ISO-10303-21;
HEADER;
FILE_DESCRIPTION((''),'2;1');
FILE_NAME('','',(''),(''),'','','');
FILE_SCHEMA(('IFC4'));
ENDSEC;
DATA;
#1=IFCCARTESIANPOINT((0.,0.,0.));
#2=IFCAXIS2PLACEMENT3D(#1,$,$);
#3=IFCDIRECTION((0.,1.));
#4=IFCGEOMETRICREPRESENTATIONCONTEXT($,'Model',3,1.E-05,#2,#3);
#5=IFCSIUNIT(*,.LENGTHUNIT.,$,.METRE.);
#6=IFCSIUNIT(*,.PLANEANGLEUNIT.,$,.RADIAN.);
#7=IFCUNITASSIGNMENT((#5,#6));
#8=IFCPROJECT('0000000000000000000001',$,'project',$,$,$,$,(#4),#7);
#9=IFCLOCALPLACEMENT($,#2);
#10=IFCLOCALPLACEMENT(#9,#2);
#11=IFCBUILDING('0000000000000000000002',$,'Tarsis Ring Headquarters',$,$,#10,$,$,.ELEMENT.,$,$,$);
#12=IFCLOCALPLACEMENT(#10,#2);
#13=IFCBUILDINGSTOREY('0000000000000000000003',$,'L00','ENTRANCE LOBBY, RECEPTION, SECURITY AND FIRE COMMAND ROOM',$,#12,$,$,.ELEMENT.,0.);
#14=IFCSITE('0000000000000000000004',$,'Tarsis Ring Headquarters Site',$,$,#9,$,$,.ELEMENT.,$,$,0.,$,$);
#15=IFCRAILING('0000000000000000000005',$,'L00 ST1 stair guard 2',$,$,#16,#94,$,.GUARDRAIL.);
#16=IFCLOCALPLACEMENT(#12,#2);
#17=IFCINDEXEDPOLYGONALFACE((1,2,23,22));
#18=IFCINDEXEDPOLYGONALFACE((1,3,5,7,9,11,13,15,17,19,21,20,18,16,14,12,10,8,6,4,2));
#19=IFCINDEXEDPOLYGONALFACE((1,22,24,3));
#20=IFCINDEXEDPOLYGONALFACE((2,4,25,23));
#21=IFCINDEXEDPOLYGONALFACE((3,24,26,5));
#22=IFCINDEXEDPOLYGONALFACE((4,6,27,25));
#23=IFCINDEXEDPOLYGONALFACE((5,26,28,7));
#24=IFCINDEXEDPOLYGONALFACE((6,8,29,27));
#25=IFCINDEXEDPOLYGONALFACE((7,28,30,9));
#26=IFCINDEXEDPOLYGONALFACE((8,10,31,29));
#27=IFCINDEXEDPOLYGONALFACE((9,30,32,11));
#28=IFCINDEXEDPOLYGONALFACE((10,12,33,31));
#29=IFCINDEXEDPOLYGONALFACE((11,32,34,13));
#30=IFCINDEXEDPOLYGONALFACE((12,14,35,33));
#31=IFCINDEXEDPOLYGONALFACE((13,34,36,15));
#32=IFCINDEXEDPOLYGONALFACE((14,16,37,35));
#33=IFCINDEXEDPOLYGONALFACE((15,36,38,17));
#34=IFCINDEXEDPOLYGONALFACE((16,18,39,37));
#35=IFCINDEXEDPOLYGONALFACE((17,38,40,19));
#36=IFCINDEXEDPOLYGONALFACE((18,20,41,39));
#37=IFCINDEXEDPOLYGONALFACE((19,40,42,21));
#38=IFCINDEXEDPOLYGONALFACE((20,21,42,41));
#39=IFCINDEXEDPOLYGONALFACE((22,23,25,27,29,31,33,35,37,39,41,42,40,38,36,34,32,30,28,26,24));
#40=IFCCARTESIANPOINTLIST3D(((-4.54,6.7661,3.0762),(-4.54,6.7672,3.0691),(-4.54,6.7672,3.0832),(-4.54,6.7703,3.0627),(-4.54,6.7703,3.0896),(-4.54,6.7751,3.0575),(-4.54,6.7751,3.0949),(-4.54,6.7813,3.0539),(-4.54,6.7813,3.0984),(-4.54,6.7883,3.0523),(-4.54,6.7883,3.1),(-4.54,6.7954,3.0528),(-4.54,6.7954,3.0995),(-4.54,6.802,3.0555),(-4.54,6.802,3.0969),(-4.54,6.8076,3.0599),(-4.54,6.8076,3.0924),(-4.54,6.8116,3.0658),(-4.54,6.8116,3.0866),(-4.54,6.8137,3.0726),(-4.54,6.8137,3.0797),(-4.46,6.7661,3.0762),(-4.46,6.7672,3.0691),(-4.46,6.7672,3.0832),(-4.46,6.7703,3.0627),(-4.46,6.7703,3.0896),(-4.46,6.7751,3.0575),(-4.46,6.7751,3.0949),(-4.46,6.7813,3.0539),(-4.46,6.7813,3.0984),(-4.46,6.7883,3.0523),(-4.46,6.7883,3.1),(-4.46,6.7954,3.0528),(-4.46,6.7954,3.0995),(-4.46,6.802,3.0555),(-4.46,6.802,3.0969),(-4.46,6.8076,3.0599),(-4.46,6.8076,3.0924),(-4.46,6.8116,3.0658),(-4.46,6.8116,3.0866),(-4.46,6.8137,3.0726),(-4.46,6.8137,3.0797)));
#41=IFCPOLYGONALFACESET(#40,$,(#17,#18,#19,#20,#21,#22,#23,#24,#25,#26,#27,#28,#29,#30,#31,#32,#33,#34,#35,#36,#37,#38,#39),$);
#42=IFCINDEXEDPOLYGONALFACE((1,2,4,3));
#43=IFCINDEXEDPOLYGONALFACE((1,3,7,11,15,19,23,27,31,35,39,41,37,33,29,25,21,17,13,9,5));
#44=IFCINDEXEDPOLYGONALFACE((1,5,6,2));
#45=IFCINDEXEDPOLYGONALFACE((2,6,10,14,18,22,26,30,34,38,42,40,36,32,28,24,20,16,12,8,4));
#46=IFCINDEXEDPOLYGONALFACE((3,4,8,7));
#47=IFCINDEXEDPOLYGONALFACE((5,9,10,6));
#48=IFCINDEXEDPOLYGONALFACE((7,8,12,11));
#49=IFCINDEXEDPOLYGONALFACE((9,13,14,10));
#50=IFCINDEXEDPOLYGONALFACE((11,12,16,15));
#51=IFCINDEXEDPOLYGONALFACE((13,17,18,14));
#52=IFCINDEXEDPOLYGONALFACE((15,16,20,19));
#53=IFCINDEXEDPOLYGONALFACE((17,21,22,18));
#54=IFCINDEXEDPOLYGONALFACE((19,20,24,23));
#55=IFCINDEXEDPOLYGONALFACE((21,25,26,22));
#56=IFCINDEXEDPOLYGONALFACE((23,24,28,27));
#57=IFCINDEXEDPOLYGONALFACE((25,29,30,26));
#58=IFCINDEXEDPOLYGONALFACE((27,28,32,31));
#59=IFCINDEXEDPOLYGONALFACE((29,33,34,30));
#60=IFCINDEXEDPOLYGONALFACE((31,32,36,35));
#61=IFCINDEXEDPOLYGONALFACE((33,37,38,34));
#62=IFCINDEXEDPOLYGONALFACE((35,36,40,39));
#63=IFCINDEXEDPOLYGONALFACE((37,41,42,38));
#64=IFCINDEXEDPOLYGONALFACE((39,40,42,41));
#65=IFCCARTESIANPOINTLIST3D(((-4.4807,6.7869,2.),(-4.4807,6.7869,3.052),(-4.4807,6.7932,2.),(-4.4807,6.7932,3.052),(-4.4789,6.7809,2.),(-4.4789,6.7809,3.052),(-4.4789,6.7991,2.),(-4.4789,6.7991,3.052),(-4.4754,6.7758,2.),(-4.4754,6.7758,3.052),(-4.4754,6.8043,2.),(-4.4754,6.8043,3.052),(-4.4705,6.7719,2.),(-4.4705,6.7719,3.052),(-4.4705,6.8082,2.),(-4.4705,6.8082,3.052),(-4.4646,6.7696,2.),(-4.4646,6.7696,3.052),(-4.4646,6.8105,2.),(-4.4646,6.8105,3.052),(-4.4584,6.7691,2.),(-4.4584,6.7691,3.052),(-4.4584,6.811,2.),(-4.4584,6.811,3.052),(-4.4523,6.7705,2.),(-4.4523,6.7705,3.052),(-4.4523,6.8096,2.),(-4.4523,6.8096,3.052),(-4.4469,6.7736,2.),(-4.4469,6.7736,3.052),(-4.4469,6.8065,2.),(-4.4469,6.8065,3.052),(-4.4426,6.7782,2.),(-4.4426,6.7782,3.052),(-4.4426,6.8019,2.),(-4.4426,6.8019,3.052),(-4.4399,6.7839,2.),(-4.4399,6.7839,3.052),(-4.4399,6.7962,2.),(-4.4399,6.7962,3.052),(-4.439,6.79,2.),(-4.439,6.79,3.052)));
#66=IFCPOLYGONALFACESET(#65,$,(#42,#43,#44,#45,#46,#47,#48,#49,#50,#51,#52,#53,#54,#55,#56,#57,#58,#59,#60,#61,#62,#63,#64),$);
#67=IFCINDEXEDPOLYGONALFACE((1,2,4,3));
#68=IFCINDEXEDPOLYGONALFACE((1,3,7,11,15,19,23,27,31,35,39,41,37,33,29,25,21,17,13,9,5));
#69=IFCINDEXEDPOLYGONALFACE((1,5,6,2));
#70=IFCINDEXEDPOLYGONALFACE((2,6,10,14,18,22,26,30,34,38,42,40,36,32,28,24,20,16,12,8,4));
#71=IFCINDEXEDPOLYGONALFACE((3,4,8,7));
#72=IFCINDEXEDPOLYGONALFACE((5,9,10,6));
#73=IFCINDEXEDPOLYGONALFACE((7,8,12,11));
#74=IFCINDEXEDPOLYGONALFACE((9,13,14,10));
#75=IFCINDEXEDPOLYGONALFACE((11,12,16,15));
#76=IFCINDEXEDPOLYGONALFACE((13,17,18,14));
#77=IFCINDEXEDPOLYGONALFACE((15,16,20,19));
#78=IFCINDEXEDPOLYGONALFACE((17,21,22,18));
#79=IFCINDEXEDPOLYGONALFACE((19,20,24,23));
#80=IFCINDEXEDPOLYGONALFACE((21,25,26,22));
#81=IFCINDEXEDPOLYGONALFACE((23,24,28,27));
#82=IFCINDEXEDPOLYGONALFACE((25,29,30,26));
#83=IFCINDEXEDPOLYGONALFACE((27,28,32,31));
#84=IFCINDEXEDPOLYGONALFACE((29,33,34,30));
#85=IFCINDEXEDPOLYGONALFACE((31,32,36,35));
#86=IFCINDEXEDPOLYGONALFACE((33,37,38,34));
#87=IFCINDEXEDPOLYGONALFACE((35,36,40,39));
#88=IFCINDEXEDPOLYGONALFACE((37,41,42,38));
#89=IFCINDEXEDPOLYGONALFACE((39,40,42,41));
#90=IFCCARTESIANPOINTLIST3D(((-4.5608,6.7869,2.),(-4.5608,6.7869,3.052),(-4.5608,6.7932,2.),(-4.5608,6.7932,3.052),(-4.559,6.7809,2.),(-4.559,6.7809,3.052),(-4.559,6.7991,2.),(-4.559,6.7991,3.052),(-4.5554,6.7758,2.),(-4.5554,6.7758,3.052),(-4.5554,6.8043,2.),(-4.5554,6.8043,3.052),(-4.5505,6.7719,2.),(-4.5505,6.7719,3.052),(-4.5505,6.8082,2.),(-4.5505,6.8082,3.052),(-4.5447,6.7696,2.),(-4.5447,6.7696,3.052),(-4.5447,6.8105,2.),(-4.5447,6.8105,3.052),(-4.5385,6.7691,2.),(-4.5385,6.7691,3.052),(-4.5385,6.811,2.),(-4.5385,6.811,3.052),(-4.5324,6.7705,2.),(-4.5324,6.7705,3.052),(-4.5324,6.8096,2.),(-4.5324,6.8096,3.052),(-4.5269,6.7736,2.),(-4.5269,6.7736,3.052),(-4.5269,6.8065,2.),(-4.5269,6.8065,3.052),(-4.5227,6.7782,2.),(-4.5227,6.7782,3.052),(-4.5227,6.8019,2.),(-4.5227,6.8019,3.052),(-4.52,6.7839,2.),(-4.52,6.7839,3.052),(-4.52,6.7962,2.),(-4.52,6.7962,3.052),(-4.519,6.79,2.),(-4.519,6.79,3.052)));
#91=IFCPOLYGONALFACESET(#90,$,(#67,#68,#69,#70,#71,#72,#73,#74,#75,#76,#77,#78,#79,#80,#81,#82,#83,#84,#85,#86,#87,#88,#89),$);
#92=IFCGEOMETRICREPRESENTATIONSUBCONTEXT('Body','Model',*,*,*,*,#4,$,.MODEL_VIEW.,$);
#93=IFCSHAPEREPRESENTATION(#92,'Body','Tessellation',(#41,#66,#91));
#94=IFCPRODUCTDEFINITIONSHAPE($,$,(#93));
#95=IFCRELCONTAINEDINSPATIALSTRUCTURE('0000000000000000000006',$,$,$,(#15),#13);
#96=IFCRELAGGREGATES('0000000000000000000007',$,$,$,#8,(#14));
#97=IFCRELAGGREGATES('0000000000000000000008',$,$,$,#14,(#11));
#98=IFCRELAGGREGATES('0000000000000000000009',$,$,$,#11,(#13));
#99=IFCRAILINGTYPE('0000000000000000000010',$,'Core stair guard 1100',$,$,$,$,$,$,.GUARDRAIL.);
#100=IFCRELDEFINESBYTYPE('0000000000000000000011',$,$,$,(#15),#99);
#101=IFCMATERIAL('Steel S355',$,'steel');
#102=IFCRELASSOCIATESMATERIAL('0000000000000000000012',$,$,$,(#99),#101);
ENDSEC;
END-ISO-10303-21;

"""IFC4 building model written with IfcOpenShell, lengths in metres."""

from ifc_helpers import new_model, si_unit, direction, frame, origin, origin_2d, place, context, subcontext, project, spatial, circle, extrude, material, type_object, element, save


model = new_model("IFC4")

# Units and contexts
model_context = context("Model", 3, precision=1e-05, world=origin(), true_north=direction((0.0, 1.0)))
body_context = subcontext(model_context, "Body", "Model", "MODEL_VIEW")
ifc_project = project(units=[si_unit("LENGTHUNIT", "METRE"), si_unit("PLANEANGLEUNIT", "RADIAN")], contexts=[model_context])

# Site, building, storey
site_placement = place(None, origin())
site = spatial("IfcSite", under=ifc_project, at=site_placement, Name="Tarsis Ring Headquarters Site", CompositionType="ELEMENT", RefElevation=0.0)
building_placement = place(site_placement, origin())
building = spatial("IfcBuilding", under=site, at=building_placement, Name="Tarsis Ring Headquarters", CompositionType="ELEMENT")
storey_placement = place(building_placement, origin())
storey = spatial("IfcBuildingStorey", under=building, at=storey_placement, Name="L00", Description="ENTRANCE LOBBY, RECEPTION, SECURITY AND FIRE COMMAND ROOM", CompositionType="ELEMENT", Elevation=0.0)

# Railing
ifc_material_1 = material(Name="Steel S355", Category="steel")
railing_type_1 = type_object("IfcRailingType", Name="Core stair guard 1100", PredefinedType="GUARDRAIL", material=ifc_material_1)
railing_1_placement = place(storey_placement, frame((-4.46, 6.79, 2.0)))
element("IfcRailing", 1, at=railing_1_placement, inside=storey, type_object=railing_type_1, Name="L00 ST1 stair guard 2", PredefinedType="GUARDRAIL", context=body_context, shape_type="SweptSolid", body=[
    extrude(circle(Radius=0.0239, at=origin_2d()), frame((0.0, 0.0, 1.0762), z_axis=(-1.0, 0.0, 0.0), x_axis=(0.0, -1.0, 0.0)), (0.0, 0.0, 1.0), 0.0801),
    extrude(circle(Radius=0.021, at=origin_2d()), origin(), (0.0, 0.0, 1.0), 1.052),
    extrude(circle(Radius=0.021, at=origin_2d()), frame((-0.0801, 0.0, 0.0)), (0.0, 0.0, 1.0), 1.052),
])

save(model, "model.ifc")
